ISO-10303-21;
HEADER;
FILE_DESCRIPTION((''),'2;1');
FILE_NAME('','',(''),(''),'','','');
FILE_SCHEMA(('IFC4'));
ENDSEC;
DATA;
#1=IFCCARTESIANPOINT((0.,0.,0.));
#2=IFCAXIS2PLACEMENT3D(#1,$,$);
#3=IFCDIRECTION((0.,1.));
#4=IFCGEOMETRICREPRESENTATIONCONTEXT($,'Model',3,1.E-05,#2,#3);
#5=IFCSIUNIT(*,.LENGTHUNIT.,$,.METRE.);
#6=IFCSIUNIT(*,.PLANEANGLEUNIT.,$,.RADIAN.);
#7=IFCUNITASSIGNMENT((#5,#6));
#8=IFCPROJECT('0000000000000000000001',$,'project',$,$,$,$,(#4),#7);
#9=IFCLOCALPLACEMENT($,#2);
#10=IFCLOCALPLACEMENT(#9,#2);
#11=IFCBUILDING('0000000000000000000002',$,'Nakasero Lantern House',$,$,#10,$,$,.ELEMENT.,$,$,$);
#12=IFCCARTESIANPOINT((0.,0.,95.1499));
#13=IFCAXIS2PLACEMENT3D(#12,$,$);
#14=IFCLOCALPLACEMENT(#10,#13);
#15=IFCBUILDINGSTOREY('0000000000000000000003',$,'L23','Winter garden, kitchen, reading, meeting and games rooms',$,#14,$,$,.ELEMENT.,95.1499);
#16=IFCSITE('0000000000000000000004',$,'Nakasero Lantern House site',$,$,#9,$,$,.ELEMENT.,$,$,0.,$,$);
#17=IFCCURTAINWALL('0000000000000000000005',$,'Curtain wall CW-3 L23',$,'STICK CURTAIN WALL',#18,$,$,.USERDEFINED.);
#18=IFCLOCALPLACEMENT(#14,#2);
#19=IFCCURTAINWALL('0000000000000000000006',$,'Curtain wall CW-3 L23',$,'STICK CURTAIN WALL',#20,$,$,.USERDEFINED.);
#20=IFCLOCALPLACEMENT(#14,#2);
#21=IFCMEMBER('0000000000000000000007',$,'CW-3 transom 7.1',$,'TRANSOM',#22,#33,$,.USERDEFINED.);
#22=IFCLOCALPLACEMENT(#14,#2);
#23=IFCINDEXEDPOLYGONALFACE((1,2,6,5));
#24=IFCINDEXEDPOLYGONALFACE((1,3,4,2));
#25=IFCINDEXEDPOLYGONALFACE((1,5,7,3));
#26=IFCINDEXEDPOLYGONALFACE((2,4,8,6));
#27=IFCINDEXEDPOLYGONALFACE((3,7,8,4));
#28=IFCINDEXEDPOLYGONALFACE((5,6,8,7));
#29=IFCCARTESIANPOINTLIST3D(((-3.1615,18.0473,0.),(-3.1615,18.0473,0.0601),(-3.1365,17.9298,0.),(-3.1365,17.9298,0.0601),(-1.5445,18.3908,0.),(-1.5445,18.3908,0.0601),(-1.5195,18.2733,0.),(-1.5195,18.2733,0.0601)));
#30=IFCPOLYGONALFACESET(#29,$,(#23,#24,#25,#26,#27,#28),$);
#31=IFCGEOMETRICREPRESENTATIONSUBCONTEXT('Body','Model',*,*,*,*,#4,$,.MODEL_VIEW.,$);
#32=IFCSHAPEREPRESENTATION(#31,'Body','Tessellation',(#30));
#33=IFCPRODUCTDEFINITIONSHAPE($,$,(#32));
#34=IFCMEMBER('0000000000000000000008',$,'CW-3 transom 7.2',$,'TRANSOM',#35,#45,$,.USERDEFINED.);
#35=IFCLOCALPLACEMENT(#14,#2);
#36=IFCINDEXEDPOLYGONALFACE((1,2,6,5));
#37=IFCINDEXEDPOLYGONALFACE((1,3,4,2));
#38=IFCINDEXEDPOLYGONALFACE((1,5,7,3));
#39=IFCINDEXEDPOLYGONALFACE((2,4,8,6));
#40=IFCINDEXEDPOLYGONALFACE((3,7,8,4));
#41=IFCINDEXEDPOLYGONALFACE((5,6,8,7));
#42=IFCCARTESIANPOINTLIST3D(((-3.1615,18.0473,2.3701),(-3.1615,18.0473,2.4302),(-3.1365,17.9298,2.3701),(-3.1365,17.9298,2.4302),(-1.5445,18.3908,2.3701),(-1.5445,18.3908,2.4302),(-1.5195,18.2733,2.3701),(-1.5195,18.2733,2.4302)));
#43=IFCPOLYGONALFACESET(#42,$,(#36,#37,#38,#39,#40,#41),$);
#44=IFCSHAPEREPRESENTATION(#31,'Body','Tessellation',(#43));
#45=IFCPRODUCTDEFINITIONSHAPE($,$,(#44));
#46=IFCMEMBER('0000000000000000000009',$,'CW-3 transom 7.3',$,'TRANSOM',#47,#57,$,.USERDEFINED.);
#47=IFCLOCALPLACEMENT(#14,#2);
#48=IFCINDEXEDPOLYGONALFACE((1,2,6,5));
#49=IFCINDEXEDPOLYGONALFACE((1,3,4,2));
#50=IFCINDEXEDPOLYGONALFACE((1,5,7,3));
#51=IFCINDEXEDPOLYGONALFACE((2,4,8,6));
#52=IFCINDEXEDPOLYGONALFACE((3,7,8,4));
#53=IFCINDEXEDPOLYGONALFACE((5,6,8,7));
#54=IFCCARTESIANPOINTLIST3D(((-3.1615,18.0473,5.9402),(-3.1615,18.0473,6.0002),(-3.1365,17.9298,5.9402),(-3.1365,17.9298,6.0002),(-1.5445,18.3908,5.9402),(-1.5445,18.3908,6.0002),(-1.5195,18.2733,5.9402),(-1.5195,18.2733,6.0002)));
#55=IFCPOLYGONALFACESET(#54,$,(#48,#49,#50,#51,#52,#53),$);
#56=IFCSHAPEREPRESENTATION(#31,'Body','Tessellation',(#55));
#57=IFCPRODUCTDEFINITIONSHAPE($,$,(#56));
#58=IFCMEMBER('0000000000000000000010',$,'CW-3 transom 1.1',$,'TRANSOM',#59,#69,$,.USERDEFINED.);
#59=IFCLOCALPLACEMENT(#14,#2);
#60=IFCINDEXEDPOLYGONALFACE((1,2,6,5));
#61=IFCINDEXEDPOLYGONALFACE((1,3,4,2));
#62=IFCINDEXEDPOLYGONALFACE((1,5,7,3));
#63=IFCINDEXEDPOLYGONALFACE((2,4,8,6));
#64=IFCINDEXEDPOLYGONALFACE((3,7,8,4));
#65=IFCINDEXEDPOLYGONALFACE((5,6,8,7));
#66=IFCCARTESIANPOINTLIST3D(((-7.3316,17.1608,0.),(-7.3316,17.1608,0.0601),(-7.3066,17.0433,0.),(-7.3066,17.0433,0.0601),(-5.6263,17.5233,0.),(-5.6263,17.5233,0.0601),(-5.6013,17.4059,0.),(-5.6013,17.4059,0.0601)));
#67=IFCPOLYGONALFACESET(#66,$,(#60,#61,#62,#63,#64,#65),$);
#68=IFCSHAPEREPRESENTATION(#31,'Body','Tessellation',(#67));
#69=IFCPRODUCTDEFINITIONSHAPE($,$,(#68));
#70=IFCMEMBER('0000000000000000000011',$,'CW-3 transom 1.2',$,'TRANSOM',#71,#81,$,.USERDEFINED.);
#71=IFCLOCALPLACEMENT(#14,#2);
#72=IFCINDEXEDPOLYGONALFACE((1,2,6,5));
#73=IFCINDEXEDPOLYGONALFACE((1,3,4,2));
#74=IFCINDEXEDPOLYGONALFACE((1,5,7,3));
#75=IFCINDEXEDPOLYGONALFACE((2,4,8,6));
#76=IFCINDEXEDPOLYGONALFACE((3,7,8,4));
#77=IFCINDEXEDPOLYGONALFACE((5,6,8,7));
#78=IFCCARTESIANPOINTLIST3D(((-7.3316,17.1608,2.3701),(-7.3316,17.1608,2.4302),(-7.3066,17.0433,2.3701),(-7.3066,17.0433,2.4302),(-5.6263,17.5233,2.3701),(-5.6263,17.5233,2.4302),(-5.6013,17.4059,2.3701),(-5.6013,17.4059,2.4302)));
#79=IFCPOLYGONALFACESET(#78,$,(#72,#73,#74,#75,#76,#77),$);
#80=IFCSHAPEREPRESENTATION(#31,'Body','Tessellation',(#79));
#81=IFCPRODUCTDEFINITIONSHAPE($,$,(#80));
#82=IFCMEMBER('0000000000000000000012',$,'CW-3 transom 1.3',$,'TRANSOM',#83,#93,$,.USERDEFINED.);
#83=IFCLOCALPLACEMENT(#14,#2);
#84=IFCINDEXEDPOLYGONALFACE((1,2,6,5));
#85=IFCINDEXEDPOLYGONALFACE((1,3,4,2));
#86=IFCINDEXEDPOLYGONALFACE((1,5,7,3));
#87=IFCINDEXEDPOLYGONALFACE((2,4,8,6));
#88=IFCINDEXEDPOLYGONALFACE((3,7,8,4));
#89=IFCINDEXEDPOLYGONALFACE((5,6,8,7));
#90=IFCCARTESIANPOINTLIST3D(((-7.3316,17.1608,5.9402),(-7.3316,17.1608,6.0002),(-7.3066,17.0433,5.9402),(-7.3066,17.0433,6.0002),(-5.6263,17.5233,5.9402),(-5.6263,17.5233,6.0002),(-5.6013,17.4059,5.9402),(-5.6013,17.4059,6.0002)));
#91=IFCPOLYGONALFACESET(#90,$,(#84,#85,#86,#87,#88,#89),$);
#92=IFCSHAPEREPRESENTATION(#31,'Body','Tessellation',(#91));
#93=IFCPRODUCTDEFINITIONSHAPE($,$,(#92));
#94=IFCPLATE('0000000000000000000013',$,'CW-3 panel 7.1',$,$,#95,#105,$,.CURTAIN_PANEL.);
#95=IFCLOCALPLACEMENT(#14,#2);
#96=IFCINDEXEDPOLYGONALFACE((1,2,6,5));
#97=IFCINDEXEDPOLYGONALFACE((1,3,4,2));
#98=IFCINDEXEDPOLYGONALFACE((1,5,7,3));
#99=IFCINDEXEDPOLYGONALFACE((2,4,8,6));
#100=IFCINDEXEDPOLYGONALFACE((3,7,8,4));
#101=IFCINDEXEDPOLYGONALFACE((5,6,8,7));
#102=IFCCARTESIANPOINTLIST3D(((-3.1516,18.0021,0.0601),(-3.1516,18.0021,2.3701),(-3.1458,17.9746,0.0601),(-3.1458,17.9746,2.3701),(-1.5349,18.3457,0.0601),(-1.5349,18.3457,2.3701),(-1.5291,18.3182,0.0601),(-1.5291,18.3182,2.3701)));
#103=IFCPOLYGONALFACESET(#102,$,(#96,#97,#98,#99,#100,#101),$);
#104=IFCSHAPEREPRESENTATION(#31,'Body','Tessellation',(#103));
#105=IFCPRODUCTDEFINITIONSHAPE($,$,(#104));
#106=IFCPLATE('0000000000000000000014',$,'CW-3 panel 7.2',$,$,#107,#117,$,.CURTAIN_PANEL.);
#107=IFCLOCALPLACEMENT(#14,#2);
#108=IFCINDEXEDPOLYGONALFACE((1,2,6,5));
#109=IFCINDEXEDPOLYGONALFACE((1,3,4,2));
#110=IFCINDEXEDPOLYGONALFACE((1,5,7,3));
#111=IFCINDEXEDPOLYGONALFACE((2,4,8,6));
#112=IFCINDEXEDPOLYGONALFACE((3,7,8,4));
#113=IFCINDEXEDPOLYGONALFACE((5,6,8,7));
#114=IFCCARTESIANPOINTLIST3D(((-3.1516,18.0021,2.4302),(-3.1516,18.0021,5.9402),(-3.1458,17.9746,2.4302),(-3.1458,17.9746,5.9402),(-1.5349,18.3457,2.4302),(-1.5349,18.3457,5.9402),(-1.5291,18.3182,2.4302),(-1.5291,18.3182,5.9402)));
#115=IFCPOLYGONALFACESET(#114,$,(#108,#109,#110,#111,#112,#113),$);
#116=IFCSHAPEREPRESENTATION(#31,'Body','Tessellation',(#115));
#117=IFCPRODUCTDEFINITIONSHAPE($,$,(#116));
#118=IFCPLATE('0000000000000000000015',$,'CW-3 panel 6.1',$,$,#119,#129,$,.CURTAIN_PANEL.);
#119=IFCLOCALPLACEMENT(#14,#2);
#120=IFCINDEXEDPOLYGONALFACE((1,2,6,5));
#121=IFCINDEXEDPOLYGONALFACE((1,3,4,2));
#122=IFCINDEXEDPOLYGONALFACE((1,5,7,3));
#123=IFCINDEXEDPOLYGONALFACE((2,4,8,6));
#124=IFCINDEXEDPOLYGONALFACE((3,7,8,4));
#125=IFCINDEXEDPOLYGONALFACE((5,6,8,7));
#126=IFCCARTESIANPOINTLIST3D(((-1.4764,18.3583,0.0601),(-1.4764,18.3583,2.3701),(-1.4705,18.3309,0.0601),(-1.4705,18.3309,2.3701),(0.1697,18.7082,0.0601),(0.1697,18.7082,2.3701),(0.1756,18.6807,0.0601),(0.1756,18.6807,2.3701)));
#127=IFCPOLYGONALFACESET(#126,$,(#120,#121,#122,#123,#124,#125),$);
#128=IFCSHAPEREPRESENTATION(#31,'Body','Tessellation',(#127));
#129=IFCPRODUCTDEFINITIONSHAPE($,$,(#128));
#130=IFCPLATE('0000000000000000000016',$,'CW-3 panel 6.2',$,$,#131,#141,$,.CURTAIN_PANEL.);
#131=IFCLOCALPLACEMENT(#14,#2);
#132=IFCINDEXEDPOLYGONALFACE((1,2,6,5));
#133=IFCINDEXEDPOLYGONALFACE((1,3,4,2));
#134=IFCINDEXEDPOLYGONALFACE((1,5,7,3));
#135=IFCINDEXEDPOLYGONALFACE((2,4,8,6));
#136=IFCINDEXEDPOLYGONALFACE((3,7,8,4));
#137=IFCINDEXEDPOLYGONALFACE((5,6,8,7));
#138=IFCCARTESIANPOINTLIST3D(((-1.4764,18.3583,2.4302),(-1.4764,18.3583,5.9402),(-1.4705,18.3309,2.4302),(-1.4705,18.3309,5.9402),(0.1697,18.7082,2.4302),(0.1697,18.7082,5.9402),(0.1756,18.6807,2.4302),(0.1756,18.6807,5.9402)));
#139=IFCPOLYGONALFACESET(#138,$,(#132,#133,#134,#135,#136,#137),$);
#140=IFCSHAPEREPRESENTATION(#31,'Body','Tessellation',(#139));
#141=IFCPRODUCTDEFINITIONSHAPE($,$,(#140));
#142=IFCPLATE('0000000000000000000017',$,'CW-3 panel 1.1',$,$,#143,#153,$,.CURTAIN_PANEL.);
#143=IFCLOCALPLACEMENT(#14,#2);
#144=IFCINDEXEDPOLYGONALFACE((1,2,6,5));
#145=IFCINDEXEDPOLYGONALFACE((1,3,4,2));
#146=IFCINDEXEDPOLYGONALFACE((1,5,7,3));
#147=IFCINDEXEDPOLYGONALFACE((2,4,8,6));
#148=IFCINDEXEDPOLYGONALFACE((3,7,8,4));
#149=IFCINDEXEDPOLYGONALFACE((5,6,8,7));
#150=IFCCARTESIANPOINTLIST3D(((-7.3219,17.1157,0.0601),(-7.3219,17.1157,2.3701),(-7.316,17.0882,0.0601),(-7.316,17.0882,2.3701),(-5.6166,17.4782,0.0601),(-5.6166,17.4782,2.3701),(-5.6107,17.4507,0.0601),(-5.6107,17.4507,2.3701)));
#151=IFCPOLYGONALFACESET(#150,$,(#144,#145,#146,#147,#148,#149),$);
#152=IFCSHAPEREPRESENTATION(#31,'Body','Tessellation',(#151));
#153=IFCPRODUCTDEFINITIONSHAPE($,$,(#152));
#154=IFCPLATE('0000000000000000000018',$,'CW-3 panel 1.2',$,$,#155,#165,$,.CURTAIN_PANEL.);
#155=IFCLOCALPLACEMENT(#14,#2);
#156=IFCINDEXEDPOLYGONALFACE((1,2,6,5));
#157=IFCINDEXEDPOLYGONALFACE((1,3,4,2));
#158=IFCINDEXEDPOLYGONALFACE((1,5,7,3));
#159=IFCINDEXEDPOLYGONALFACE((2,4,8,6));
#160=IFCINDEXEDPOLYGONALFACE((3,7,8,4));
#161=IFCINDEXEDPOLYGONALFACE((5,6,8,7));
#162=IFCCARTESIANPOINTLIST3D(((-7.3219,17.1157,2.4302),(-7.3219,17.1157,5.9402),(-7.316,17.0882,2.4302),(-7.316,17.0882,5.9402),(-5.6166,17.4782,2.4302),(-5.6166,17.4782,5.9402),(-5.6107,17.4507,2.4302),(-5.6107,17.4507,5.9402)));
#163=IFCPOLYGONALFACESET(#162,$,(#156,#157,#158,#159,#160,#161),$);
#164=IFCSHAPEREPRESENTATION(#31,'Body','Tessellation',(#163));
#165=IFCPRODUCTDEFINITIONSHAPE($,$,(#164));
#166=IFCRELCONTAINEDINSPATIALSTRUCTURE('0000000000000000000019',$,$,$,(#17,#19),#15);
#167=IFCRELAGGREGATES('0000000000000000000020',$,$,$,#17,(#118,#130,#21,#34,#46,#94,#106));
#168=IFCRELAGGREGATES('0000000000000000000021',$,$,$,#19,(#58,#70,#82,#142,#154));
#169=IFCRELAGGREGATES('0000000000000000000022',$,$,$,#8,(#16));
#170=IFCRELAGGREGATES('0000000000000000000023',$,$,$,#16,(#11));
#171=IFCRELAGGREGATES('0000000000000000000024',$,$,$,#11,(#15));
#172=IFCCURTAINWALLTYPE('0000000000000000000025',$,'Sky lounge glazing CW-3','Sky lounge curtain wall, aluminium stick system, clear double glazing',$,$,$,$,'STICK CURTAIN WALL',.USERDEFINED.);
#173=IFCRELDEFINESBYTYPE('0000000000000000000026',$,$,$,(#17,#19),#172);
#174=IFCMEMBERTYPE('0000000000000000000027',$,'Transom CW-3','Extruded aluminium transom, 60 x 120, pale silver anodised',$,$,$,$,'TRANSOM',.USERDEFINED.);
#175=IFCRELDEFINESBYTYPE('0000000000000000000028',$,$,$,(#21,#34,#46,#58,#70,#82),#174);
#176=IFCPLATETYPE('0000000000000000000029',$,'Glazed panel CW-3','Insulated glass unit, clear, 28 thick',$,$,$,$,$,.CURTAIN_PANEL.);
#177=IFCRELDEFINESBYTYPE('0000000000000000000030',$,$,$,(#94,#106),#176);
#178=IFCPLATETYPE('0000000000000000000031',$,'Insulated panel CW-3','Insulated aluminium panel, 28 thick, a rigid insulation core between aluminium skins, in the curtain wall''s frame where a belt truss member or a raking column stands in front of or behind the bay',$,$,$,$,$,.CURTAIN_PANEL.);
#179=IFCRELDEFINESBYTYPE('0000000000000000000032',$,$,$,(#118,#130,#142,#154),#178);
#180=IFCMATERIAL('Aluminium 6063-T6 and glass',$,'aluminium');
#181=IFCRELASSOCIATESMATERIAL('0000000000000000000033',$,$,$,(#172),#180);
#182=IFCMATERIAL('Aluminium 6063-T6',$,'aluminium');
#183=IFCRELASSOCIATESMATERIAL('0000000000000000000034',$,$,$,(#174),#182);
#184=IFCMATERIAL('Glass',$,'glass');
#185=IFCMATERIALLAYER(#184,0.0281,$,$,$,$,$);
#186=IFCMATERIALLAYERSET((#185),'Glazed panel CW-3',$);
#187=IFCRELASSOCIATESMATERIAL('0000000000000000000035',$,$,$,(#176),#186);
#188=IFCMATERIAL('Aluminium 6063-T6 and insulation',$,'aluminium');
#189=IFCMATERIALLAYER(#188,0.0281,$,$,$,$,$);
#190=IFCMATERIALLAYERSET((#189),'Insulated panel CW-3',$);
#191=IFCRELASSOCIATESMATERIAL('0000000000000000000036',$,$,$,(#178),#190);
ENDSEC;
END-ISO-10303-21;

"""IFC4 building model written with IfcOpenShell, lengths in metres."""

from ifc_helpers import new_model, si_unit, direction, frame, origin, origin_2d, place, context, subcontext, project, spatial, rectangle, extrude, material, layer, layer_set, material_profile, profile_set, type_object, element, aggregate, save


model = new_model("IFC4")

# Units and contexts
model_context = context("Model", 3, precision=1e-05, world=origin(), true_north=direction((0.0, 1.0)))
body_context = subcontext(model_context, "Body", "Model", "MODEL_VIEW")
ifc_project = project(units=[si_unit("LENGTHUNIT", "METRE"), si_unit("PLANEANGLEUNIT", "RADIAN")], contexts=[model_context])

# Site, building, storey
site_placement = place(None, origin())
site = spatial("IfcSite", under=ifc_project, at=site_placement, Name="Nakasero Lantern House site", CompositionType="ELEMENT", RefElevation=0.0)
building_placement = place(site_placement, origin())
building = spatial("IfcBuilding", under=site, at=building_placement, Name="Nakasero Lantern House", CompositionType="ELEMENT")
storey_placement = place(building_placement, frame((0.0, 0.0, 95.1499)))
storey = spatial("IfcBuildingStorey", under=building, at=storey_placement, Name="L23", Description="Winter garden, kitchen, reading, meeting and games rooms", CompositionType="ELEMENT", Elevation=95.1499)

# Curtain walls
ifc_material_1 = material(Name="Aluminium 6063-T6 and glass", Category="aluminium")
curtain_wall_type = type_object("IfcCurtainWallType", Name="Sky lounge glazing CW-3", Description="Sky lounge curtain wall, aluminium stick system, clear double glazing", ElementType="STICK CURTAIN WALL", PredefinedType="USERDEFINED", material=ifc_material_1)
curtain_wall_1_placement = place(storey_placement, origin())
curtain_wall_1 = element("IfcCurtainWall", 1, at=curtain_wall_1_placement, inside=storey, type_object=curtain_wall_type, Name="Curtain wall CW-3 L23", ObjectType="STICK CURTAIN WALL", PredefinedType="USERDEFINED")
curtain_wall_2_placement = place(storey_placement, origin())
curtain_wall_2 = element("IfcCurtainWall", 2, at=curtain_wall_2_placement, inside=storey, type_object=curtain_wall_type, Name="Curtain wall CW-3 L23", ObjectType="STICK CURTAIN WALL", PredefinedType="USERDEFINED")

# Members
ifc_material_2 = material(Name="Aluminium 6063-T6", Category="aluminium")
ifc_material_profile_1 = material_profile(ifc_material_2, rectangle(XDim=0.0601, YDim=0.1201, at=origin_2d()), Name="CW-3 transom 60x120")
ifc_profile_set_1 = profile_set([ifc_material_profile_1], Name="Aluminium 6063-T6")
member_type_1 = type_object("IfcMemberType", Name="Transom CW-3", Description="Extruded aluminium transom, 60 x 120, pale silver anodised", ElementType="TRANSOM", PredefinedType="USERDEFINED", material=ifc_profile_set_1)
member_1_placement = place(storey_placement, frame((-1.532, 18.332, 0.03), z_axis=(-0.97817, -0.207804, 0.0), x_axis=(0.0, 0.0, 1.0)))
member_1 = element("IfcMember", 3, at=member_1_placement, type_object=member_type_1, Name="CW-3 transom 7.1", ObjectType="TRANSOM", PredefinedType="USERDEFINED", context=body_context, shape_type="SweptSolid", body=[
    extrude(rectangle(XDim=0.0601, YDim=0.1201, at=origin_2d()), origin(), (0.0, 0.0, 1.0), 1.6531),
])
member_2_placement = place(storey_placement, frame((-1.532, 18.332, 2.4001), z_axis=(-0.97817, -0.207804, 0.0), x_axis=(0.0, 0.0, 1.0)))
member_2 = element("IfcMember", 4, at=member_2_placement, type_object=member_type_1, Name="CW-3 transom 7.2", ObjectType="TRANSOM", PredefinedType="USERDEFINED", context=body_context, shape_type="SweptSolid", body=[
    extrude(rectangle(XDim=0.0601, YDim=0.1201, at=origin_2d()), origin(), (0.0, 0.0, 1.0), 1.6531),
])
member_3_placement = place(storey_placement, frame((-1.532, 18.332, 5.9702), z_axis=(-0.97817, -0.207804, 0.0), x_axis=(0.0, 0.0, 1.0)))
member_3 = element("IfcMember", 5, at=member_3_placement, type_object=member_type_1, Name="CW-3 transom 7.3", ObjectType="TRANSOM", PredefinedType="USERDEFINED", context=body_context, shape_type="SweptSolid", body=[
    extrude(rectangle(XDim=0.0601, YDim=0.1201, at=origin_2d()), origin(), (0.0, 0.0, 1.0), 1.6531),
])
member_4_placement = place(storey_placement, frame((-5.6138, 17.4646, 0.03), z_axis=(-0.978139, -0.207951, 0.0), x_axis=(0.0, 0.0, 1.0)))
member_4 = element("IfcMember", 6, at=member_4_placement, type_object=member_type_1, Name="CW-3 transom 1.1", ObjectType="TRANSOM", PredefinedType="USERDEFINED", context=body_context, shape_type="SweptSolid", body=[
    extrude(rectangle(XDim=0.0601, YDim=0.1201, at=origin_2d()), origin(), (0.0, 0.0, 1.0), 1.7434),
])
member_5_placement = place(storey_placement, frame((-5.6138, 17.4646, 2.4001), z_axis=(-0.978139, -0.207951, 0.0), x_axis=(0.0, 0.0, 1.0)))
member_5 = element("IfcMember", 7, at=member_5_placement, type_object=member_type_1, Name="CW-3 transom 1.2", ObjectType="TRANSOM", PredefinedType="USERDEFINED", context=body_context, shape_type="SweptSolid", body=[
    extrude(rectangle(XDim=0.0601, YDim=0.1201, at=origin_2d()), origin(), (0.0, 0.0, 1.0), 1.7434),
])
member_6_placement = place(storey_placement, frame((-5.6138, 17.4646, 5.9702), z_axis=(-0.978139, -0.207951, 0.0), x_axis=(0.0, 0.0, 1.0)))
member_6 = element("IfcMember", 8, at=member_6_placement, type_object=member_type_1, Name="CW-3 transom 1.3", ObjectType="TRANSOM", PredefinedType="USERDEFINED", context=body_context, shape_type="SweptSolid", body=[
    extrude(rectangle(XDim=0.0601, YDim=0.1201, at=origin_2d()), origin(), (0.0, 0.0, 1.0), 1.7434),
])

# Plates
ifc_material_3 = material(Name="Glass", Category="glass")
ifc_layer_1 = layer(ifc_material_3, 0.0281)
ifc_layer_set_1 = layer_set([ifc_layer_1], Name="Glazed panel CW-3")
plate_type_1 = type_object("IfcPlateType", Name="Glazed panel CW-3", Description="Insulated glass unit, clear, 28 thick", PredefinedType="CURTAIN_PANEL", material=ifc_layer_set_1)
plate_1_placement = place(storey_placement, frame((-2.3403, 18.1602, 0.0601), z_axis=(0.0, 0.0, 1.0), x_axis=(-0.978148, -0.207912, 0.0)))
plate_1 = element("IfcPlate", 9, at=plate_1_placement, type_object=plate_type_1, Name="CW-3 panel 7.1", PredefinedType="CURTAIN_PANEL", context=body_context, shape_type="SweptSolid", body=[
    extrude(rectangle(XDim=1.6528, YDim=0.0281, at=origin_2d()), origin(), (0.0, 0.0, 1.0), 2.3101),
])
plate_2_placement = place(storey_placement, frame((-2.3403, 18.1602, 2.4302), z_axis=(0.0, 0.0, 1.0), x_axis=(-0.978148, -0.207912, 0.0)))
plate_2 = element("IfcPlate", 10, at=plate_2_placement, type_object=plate_type_1, Name="CW-3 panel 7.2", PredefinedType="CURTAIN_PANEL", context=body_context, shape_type="SweptSolid", body=[
    extrude(rectangle(XDim=1.6528, YDim=0.0281, at=origin_2d()), origin(), (0.0, 0.0, 1.0), 3.51),
])
ifc_material_4 = material(Name="Aluminium 6063-T6 and insulation", Category="aluminium")
ifc_layer_2 = layer(ifc_material_4, 0.0281)
ifc_layer_set_2 = layer_set([ifc_layer_2], Name="Insulated panel CW-3")
plate_type_2 = type_object("IfcPlateType", Name="Insulated panel CW-3", Description="Insulated aluminium panel, 28 thick, a rigid insulation core between aluminium skins, in the curtain wall's frame where a belt truss member or a raking column stands in front of or behind the bay", PredefinedType="CURTAIN_PANEL", material=ifc_layer_set_2)
plate_3_placement = place(storey_placement, frame((-0.6504, 18.5195, 0.0601), z_axis=(0.0, 0.0, 1.0), x_axis=(-0.978148, -0.207912, 0.0)))
plate_3 = element("IfcPlate", 11, at=plate_3_placement, type_object=plate_type_2, Name="CW-3 panel 6.1", PredefinedType="CURTAIN_PANEL", context=body_context, shape_type="SweptSolid", body=[
    extrude(rectangle(XDim=1.6829, YDim=0.0281, at=origin_2d()), origin(), (0.0, 0.0, 1.0), 2.3101),
])
plate_4_placement = place(storey_placement, frame((-0.6504, 18.5195, 2.4302), z_axis=(0.0, 0.0, 1.0), x_axis=(-0.978148, -0.207912, 0.0)))
plate_4 = element("IfcPlate", 12, at=plate_4_placement, type_object=plate_type_2, Name="CW-3 panel 6.2", PredefinedType="CURTAIN_PANEL", context=body_context, shape_type="SweptSolid", body=[
    extrude(rectangle(XDim=1.6829, YDim=0.0281, at=origin_2d()), origin(), (0.0, 0.0, 1.0), 3.51),
])
aggregate(curtain_wall_1, [plate_3, plate_4, member_1, member_2, member_3, plate_1, plate_2])
plate_5_placement = place(storey_placement, frame((-6.4663, 17.2832, 0.0601), z_axis=(0.0, 0.0, 1.0), x_axis=(-0.978148, -0.207912, 0.0)))
plate_5 = element("IfcPlate", 13, at=plate_5_placement, type_object=plate_type_2, Name="CW-3 panel 1.1", PredefinedType="CURTAIN_PANEL", context=body_context, shape_type="SweptSolid", body=[
    extrude(rectangle(XDim=1.7434, YDim=0.0281, at=origin_2d()), origin(), (0.0, 0.0, 1.0), 2.3101),
])
plate_6_placement = place(storey_placement, frame((-6.4663, 17.2832, 2.4302), z_axis=(0.0, 0.0, 1.0), x_axis=(-0.978148, -0.207912, 0.0)))
plate_6 = element("IfcPlate", 14, at=plate_6_placement, type_object=plate_type_2, Name="CW-3 panel 1.2", PredefinedType="CURTAIN_PANEL", context=body_context, shape_type="SweptSolid", body=[
    extrude(rectangle(XDim=1.7434, YDim=0.0281, at=origin_2d()), origin(), (0.0, 0.0, 1.0), 3.51),
])
aggregate(curtain_wall_2, [member_4, member_5, member_6, plate_5, plate_6])

save(model, "model.ifc")
